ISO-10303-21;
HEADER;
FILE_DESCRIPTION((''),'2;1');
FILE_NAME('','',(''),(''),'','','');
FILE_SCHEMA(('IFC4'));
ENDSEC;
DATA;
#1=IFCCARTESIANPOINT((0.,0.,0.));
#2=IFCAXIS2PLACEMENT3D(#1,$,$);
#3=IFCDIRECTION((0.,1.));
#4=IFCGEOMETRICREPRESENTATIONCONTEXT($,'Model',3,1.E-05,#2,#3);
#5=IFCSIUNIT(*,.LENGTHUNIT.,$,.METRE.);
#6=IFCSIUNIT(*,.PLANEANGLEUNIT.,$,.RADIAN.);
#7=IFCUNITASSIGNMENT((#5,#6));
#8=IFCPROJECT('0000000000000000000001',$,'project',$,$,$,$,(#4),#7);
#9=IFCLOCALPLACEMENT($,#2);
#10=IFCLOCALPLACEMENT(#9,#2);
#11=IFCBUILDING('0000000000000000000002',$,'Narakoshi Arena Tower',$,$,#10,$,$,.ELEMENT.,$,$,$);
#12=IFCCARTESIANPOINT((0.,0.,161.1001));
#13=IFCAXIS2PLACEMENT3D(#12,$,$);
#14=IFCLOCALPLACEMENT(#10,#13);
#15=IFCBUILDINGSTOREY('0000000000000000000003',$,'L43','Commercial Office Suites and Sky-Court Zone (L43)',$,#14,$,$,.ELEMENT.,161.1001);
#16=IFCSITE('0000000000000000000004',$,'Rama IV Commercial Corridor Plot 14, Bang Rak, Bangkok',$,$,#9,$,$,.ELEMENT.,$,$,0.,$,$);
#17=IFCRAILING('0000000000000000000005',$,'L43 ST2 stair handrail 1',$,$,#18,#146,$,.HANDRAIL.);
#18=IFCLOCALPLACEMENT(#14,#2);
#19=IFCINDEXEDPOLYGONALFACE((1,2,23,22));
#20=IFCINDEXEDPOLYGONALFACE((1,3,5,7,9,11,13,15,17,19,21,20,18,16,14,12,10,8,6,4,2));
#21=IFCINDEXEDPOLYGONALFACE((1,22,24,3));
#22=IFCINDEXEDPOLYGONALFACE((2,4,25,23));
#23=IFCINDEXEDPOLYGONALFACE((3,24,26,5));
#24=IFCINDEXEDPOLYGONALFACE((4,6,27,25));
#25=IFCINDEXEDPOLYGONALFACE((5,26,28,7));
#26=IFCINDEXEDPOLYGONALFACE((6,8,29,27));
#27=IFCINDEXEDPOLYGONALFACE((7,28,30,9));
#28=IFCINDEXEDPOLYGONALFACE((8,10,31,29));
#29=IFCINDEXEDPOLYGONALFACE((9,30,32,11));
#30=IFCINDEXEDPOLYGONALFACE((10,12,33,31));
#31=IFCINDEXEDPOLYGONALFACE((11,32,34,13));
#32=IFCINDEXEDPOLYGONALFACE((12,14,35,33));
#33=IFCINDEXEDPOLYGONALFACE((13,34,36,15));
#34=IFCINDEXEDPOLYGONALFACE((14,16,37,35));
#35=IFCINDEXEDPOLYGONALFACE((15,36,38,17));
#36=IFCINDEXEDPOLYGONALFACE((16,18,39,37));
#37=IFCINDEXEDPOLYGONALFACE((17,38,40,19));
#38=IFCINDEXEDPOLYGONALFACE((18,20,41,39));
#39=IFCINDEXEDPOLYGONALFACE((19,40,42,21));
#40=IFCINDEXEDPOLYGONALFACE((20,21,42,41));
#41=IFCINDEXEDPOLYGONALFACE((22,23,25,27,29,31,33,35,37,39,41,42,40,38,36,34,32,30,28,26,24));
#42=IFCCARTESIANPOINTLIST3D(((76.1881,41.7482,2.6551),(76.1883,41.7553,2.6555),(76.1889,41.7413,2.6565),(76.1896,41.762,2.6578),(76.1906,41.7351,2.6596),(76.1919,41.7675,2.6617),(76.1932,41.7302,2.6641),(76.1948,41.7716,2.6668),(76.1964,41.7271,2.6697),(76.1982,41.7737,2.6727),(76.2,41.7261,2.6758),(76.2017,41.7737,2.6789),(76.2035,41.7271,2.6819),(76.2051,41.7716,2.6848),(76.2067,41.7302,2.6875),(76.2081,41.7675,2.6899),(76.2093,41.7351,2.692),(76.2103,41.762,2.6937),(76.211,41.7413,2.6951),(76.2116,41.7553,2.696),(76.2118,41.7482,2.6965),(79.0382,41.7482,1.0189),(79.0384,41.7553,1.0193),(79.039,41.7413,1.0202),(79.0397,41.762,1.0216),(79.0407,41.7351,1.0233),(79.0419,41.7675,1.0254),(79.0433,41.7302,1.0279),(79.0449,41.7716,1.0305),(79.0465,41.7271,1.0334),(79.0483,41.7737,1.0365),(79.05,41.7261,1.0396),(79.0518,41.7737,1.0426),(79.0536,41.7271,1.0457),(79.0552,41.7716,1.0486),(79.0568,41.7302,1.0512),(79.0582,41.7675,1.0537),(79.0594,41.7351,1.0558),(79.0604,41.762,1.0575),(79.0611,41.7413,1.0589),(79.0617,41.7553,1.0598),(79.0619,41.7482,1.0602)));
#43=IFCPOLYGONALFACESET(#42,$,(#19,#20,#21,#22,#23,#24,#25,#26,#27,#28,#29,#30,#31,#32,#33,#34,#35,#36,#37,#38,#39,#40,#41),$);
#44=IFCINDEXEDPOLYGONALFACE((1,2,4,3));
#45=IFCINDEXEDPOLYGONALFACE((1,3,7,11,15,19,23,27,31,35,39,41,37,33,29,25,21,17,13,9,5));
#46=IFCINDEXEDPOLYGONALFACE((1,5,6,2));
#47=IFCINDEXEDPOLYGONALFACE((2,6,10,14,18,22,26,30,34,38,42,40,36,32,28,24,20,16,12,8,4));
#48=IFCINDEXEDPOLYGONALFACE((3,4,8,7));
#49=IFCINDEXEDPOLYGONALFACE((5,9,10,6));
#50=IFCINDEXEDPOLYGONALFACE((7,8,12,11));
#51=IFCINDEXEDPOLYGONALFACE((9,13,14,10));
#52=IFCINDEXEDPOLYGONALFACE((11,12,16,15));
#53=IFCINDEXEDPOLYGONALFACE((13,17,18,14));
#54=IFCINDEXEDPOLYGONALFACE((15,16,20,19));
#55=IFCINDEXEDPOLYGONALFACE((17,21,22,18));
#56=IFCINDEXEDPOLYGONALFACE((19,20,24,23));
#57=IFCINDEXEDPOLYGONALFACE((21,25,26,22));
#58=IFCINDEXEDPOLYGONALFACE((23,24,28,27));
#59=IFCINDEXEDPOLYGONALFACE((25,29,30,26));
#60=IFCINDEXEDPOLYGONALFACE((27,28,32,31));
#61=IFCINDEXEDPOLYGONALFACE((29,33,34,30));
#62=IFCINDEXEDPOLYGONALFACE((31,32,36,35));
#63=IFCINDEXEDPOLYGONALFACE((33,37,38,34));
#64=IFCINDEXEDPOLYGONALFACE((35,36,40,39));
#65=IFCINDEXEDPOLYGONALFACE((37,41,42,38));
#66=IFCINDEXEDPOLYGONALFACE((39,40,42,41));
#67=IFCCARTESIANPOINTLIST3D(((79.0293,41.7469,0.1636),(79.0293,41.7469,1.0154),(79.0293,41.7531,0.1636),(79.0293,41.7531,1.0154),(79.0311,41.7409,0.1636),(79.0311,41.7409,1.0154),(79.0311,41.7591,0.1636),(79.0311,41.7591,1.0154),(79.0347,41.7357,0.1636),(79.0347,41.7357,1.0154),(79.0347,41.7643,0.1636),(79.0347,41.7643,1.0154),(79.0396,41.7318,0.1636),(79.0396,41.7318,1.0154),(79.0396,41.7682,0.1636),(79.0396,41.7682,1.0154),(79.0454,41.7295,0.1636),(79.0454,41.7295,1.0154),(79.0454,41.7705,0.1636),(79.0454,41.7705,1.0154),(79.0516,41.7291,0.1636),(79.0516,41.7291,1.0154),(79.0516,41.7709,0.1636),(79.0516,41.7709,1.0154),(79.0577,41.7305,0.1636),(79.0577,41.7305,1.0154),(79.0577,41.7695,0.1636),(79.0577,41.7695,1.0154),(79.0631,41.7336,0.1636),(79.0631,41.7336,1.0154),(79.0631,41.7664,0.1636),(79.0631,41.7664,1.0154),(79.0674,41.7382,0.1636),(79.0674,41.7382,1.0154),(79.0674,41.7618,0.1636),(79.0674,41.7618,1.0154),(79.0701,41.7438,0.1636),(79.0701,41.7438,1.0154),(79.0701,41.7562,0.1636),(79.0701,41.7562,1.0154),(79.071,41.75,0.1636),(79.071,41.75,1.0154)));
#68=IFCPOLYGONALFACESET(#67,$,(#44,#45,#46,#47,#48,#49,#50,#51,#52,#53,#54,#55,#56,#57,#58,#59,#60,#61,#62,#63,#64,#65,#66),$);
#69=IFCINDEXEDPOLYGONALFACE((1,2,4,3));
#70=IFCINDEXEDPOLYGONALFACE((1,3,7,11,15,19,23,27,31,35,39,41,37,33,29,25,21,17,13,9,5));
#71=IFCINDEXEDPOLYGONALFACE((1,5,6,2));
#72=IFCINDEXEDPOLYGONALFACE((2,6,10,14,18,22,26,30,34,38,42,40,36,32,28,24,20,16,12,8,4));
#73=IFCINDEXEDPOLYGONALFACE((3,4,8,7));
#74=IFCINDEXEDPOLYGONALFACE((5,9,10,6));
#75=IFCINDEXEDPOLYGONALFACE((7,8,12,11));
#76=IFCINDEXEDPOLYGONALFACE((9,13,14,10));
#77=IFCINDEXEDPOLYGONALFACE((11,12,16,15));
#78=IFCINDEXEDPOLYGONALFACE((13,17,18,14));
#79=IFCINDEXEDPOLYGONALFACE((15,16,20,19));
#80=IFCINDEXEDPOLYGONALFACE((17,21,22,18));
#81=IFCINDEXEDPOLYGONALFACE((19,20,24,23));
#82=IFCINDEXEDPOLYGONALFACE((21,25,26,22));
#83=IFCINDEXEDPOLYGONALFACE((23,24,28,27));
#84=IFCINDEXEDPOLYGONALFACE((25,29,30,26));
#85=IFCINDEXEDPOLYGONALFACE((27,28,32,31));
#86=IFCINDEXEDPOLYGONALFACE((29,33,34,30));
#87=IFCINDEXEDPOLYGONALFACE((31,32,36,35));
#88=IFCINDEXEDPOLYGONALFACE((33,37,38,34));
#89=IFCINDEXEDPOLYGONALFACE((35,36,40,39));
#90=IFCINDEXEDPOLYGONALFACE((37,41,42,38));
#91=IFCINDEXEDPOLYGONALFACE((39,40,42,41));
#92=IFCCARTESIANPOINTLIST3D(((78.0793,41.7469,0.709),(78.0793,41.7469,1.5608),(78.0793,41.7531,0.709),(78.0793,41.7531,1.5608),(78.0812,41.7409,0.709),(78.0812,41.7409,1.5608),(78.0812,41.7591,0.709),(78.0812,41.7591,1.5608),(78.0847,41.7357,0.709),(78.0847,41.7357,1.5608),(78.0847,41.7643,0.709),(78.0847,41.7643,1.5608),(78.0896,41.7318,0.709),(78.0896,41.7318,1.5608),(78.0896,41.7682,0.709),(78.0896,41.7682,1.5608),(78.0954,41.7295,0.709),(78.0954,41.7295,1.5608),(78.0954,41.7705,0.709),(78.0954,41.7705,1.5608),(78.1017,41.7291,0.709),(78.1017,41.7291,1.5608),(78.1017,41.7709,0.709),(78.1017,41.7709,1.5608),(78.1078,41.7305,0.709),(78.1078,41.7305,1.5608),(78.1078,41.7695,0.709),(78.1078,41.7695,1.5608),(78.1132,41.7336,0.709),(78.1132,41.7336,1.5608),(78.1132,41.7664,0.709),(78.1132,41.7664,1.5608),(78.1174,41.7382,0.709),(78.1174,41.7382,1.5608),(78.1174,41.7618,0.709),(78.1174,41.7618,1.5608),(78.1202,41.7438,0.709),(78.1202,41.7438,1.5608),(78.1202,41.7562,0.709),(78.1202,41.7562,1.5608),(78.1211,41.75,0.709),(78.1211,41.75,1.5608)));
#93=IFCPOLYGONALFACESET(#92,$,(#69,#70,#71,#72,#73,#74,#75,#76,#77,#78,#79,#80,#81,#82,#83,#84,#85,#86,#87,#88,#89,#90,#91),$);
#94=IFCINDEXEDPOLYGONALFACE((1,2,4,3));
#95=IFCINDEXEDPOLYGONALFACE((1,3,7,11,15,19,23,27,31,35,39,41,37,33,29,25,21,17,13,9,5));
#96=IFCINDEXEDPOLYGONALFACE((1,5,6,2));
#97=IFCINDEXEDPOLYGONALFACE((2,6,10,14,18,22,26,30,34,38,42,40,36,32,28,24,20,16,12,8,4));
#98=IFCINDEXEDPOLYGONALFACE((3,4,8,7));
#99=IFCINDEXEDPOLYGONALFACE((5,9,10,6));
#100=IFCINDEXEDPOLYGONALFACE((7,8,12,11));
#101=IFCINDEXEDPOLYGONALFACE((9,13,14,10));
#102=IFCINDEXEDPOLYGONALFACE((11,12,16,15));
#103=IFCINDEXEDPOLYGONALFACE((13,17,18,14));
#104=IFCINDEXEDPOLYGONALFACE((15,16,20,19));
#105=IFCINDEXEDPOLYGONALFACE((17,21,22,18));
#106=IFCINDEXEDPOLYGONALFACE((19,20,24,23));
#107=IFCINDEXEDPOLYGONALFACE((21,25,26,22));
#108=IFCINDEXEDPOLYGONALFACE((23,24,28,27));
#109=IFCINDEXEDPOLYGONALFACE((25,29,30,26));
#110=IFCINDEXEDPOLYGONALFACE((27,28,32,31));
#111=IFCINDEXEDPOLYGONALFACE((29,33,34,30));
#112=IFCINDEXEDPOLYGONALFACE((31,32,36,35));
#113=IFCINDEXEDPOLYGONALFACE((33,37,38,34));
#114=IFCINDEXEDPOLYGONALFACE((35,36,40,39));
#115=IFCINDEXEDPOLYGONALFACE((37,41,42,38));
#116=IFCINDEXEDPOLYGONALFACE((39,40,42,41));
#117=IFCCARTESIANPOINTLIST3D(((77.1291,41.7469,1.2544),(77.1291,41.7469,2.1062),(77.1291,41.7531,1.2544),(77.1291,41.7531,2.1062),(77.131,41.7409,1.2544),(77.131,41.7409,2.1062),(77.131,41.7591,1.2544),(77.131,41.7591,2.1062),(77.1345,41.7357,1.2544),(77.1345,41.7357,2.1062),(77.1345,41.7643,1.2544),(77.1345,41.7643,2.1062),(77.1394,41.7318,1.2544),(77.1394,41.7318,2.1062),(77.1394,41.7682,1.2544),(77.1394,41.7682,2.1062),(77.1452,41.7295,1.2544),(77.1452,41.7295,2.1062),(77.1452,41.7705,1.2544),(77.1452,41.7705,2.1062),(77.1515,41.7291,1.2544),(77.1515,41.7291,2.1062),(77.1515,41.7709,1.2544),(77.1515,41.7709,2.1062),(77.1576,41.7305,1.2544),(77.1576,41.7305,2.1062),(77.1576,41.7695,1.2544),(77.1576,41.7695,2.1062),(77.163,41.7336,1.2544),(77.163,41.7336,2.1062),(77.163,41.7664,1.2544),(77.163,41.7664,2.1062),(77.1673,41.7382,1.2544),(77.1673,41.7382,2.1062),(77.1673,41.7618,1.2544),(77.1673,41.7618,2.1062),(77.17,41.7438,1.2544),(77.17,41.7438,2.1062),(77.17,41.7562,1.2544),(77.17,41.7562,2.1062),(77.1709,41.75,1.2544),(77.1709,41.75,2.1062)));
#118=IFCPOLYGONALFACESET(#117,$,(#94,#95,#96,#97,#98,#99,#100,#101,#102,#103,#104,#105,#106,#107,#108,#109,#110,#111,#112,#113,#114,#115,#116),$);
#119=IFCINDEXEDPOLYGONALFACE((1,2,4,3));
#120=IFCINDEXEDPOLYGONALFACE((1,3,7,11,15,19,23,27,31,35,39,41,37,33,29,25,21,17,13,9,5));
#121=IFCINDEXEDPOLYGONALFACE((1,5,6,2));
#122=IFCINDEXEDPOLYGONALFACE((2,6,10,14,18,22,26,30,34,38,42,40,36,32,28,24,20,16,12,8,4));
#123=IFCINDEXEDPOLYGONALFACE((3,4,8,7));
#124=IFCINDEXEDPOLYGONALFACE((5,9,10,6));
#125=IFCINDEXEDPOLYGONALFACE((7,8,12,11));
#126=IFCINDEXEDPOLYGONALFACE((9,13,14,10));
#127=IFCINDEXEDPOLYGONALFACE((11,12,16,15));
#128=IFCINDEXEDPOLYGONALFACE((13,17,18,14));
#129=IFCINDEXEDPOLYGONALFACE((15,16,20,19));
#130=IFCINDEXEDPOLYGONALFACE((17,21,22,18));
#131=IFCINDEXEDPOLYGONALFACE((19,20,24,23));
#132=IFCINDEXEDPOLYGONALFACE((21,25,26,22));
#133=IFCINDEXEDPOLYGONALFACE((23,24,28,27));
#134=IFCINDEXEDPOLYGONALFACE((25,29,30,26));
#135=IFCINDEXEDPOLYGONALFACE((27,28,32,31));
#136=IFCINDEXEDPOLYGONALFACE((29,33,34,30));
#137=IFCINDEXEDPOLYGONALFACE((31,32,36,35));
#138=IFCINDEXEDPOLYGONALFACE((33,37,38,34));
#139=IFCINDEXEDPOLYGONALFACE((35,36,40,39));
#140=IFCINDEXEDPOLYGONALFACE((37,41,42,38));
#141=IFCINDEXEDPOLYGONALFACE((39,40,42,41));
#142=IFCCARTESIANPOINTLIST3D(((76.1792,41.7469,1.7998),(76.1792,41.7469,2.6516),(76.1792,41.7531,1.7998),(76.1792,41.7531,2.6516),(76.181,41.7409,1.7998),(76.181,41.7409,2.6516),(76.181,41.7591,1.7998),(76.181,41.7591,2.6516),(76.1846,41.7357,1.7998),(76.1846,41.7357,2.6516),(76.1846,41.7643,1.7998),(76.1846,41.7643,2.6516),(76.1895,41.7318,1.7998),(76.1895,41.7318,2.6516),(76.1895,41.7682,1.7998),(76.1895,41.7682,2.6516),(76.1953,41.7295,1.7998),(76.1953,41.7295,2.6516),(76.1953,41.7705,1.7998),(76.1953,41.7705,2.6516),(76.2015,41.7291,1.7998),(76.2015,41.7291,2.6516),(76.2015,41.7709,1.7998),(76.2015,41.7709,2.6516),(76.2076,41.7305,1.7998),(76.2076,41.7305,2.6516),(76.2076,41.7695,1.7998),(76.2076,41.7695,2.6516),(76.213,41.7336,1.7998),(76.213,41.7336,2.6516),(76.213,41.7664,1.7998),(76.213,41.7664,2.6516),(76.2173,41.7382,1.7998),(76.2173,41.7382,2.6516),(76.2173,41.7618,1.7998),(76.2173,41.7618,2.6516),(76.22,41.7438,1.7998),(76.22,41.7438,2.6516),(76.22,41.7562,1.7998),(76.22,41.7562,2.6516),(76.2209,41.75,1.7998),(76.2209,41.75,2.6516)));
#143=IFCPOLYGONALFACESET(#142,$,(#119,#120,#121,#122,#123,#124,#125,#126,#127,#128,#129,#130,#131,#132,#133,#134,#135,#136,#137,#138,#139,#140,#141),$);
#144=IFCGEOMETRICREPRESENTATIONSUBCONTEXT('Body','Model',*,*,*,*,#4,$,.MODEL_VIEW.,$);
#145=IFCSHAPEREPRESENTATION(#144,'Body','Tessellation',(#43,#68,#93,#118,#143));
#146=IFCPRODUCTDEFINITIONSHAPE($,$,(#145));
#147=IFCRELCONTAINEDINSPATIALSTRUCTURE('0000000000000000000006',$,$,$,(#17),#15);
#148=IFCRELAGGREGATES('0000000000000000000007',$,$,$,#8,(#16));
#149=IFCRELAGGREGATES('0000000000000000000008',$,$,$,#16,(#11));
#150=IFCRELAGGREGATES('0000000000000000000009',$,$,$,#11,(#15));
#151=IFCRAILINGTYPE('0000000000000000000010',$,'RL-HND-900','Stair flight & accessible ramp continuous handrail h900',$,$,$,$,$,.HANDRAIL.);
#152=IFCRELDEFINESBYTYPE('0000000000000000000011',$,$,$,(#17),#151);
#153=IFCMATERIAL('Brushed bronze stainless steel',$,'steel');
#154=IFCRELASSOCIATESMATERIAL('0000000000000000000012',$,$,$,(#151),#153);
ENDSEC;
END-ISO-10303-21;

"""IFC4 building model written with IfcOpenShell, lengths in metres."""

from ifc_helpers import new_model, si_unit, direction, frame, origin, origin_2d, place, context, subcontext, project, spatial, circle, extrude, material, type_object, element, save


model = new_model("IFC4")

# Units and contexts
model_context = context("Model", 3, precision=1e-05, world=origin(), true_north=direction((0.0, 1.0)))
body_context = subcontext(model_context, "Body", "Model", "MODEL_VIEW")
ifc_project = project(units=[si_unit("LENGTHUNIT", "METRE"), si_unit("PLANEANGLEUNIT", "RADIAN")], contexts=[model_context])

# Site, building, storey
site_placement = place(None, origin())
site = spatial("IfcSite", under=ifc_project, at=site_placement, Name="Rama IV Commercial Corridor Plot 14, Bang Rak, Bangkok", CompositionType="ELEMENT", RefElevation=0.0)
building_placement = place(site_placement, origin())
building = spatial("IfcBuilding", under=site, at=building_placement, Name="Narakoshi Arena Tower", CompositionType="ELEMENT")
storey_placement = place(building_placement, frame((0.0, 0.0, 161.1001)))
storey = spatial("IfcBuildingStorey", under=building, at=storey_placement, Name="L43", Description="Commercial Office Suites and Sky-Court Zone (L43)", CompositionType="ELEMENT", Elevation=161.1001)

# Railing
ifc_material_1 = material(Name="Brushed bronze stainless steel", Category="steel")
railing_type_1 = type_object("IfcRailingType", Name="RL-HND-900", Description="Stair flight & accessible ramp continuous handrail h900", PredefinedType="HANDRAIL", material=ifc_material_1)
for number, where, name in (
    (1, (79.05, 41.75, 0.1636), "L43 ST2 stair handrail 1"),
):
    element("IfcRailing", number, at=place(storey_placement, frame(where)), inside=storey, type_object=railing_type_1, Name=name, PredefinedType="HANDRAIL", context=body_context, shape_type="SweptSolid", body=[
        extrude(circle(Radius=0.0239, at=origin_2d()), frame((0.0, 0.0, 0.876), z_axis=(-0.867245, 0.0, 0.497882), x_axis=(0.0, -1.0, 0.0)), (0.0, 0.0, 1.0), 3.2864),
        extrude(circle(Radius=0.021, at=origin_2d()), origin(), (0.0, 0.0, 1.0), 0.8518),
        extrude(circle(Radius=0.021, at=origin_2d()), frame((-0.95, 0.0, 0.5454)), (0.0, 0.0, 1.0), 0.8518),
        extrude(circle(Radius=0.021, at=origin_2d()), frame((-1.9001, 0.0, 1.0908)), (0.0, 0.0, 1.0), 0.8518),
        extrude(circle(Radius=0.021, at=origin_2d()), frame((-2.8501, 0.0, 1.6362)), (0.0, 0.0, 1.0), 0.8518),
    ])

save(model, "model.ifc")
